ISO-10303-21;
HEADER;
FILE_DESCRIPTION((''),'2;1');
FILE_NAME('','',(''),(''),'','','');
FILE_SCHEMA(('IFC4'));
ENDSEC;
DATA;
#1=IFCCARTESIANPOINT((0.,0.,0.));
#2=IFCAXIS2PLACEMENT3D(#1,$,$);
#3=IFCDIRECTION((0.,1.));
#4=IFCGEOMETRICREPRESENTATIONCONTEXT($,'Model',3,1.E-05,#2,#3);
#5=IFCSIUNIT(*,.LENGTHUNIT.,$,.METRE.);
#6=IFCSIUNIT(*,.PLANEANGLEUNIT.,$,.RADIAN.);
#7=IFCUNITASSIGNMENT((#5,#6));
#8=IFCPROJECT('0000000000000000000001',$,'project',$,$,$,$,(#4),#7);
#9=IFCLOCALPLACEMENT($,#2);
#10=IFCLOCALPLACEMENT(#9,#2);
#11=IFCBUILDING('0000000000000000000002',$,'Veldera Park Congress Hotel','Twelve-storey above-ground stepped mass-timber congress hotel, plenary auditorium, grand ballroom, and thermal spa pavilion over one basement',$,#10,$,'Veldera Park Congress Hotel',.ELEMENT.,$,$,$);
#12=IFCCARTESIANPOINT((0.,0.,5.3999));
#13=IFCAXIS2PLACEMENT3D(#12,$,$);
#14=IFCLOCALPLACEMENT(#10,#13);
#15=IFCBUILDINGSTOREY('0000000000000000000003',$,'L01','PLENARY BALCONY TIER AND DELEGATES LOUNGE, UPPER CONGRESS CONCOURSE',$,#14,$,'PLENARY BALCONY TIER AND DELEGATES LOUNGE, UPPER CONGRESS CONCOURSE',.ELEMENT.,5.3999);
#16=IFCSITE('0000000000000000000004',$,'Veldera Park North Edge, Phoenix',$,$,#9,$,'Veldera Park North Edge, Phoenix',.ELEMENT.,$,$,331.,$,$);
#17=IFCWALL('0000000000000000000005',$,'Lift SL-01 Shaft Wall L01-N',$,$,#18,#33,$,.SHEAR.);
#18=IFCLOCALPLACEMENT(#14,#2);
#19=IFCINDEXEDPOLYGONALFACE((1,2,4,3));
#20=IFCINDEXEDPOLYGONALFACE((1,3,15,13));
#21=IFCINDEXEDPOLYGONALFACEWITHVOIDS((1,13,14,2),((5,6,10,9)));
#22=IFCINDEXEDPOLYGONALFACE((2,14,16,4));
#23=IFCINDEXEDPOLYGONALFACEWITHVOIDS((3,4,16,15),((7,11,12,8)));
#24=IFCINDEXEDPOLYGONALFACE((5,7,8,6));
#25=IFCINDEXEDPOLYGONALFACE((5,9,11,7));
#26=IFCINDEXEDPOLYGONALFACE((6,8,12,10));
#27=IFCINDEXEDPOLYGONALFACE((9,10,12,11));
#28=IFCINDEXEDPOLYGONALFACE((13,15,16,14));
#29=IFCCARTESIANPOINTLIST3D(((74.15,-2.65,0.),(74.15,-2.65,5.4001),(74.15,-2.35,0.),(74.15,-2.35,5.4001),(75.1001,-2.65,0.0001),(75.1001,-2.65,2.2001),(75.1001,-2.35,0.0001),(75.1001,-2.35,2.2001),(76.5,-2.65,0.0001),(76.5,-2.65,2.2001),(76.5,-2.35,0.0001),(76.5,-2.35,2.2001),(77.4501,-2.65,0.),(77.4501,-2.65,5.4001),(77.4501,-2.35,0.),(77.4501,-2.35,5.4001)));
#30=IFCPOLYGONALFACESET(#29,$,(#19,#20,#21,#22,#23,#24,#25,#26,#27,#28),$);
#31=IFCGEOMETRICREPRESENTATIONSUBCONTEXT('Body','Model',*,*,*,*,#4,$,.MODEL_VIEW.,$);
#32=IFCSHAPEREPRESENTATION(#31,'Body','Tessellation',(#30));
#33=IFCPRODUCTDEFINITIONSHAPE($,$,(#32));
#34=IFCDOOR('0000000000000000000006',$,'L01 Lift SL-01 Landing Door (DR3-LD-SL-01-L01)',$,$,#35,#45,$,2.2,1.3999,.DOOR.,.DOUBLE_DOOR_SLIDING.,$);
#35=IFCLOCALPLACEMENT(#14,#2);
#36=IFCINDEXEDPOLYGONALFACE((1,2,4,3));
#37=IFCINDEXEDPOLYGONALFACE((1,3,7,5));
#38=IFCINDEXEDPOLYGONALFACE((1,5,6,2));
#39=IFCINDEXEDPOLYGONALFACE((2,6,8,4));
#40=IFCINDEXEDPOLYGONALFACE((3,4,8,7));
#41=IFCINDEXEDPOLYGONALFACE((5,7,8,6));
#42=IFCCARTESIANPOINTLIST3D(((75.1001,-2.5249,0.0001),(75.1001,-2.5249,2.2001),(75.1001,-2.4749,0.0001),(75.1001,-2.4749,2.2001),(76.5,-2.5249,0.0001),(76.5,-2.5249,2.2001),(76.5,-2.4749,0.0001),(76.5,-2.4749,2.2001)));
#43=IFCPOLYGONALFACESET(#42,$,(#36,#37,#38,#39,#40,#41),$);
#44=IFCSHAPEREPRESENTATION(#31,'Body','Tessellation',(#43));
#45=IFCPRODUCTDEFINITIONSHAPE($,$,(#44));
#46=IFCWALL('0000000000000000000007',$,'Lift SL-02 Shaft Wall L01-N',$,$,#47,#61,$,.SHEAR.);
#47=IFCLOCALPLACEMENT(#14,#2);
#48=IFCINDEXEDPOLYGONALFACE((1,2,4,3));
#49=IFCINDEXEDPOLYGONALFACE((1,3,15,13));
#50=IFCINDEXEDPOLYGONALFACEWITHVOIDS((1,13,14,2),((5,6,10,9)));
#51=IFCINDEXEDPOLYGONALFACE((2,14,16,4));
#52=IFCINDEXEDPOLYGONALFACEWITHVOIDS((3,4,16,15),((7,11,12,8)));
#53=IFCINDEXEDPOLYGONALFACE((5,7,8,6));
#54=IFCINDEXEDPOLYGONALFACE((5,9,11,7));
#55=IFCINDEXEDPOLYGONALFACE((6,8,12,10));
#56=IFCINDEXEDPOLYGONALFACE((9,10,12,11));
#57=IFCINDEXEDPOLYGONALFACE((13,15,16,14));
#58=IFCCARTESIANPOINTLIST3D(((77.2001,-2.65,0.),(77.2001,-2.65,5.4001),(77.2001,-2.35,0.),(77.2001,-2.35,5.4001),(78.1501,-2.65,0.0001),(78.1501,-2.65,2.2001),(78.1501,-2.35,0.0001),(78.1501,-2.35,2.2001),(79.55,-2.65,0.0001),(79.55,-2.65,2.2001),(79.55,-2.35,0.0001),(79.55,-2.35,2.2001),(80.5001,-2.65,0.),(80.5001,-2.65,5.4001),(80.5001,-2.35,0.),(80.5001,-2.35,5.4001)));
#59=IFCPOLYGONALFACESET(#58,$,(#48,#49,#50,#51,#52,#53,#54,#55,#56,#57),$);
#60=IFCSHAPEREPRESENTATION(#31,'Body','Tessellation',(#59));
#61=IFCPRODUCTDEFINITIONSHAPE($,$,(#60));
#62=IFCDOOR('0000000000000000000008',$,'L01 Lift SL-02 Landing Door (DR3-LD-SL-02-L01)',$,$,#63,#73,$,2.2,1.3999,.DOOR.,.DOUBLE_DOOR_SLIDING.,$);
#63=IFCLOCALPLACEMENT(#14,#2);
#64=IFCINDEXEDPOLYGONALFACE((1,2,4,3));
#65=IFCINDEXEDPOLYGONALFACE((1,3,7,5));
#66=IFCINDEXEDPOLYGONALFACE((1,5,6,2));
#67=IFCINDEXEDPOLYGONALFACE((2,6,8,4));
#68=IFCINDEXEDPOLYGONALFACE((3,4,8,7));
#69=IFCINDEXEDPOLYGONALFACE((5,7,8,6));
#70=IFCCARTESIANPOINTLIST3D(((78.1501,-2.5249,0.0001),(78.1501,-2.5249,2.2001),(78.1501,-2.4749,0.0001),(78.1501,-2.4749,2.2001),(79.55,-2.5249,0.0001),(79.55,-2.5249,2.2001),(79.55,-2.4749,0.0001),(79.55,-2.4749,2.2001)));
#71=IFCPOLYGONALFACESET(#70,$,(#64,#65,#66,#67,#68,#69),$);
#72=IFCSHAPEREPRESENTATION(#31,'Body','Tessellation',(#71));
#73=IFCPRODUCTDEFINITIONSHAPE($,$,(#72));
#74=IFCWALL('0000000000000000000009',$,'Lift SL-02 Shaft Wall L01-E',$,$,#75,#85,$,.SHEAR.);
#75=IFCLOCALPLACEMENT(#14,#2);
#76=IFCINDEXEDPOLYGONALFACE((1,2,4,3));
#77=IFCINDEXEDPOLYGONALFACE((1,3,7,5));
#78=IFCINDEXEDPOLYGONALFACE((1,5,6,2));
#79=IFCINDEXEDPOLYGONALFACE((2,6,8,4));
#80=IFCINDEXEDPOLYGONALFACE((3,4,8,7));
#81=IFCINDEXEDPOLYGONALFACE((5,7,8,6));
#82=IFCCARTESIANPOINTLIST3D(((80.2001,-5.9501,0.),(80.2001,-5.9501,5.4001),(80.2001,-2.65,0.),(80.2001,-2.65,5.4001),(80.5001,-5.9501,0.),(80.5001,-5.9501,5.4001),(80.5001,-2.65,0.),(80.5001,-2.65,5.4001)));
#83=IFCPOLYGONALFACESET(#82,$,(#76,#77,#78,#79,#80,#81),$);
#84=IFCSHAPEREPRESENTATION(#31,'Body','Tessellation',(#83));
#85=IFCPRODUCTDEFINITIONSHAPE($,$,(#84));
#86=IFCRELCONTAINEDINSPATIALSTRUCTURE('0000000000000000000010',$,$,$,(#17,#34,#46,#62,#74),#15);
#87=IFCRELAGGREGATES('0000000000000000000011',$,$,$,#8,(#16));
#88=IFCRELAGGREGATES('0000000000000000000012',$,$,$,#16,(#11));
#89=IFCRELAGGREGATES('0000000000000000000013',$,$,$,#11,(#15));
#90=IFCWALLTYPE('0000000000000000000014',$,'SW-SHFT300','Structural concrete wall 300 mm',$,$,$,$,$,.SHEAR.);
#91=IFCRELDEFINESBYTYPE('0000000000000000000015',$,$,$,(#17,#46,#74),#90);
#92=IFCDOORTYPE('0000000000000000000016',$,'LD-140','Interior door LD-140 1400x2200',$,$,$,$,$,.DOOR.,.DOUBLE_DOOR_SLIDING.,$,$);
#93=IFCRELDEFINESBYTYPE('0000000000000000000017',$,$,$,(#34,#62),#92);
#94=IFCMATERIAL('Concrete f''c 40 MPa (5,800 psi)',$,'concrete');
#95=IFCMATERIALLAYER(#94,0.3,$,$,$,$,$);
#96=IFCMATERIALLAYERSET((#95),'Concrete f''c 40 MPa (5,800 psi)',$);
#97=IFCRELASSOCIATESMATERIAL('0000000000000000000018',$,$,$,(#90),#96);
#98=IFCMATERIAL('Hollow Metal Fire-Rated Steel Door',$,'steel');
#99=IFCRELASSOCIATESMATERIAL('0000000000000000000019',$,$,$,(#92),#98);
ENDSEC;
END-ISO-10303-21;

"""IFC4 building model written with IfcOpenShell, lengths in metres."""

from ifc_helpers import new_model, si_unit, direction, frame, frame_2d, origin, place, context, subcontext, project, spatial, rectangle, extrude, material, layer, layer_set, type_object, element, fill, save


model = new_model("IFC4")

# Units and contexts
model_context = context("Model", 3, precision=1e-05, world=origin(), true_north=direction((0.0, 1.0)))
body_context = subcontext(model_context, "Body", "Model", "MODEL_VIEW")
ifc_project = project(units=[si_unit("LENGTHUNIT", "METRE"), si_unit("PLANEANGLEUNIT", "RADIAN")], contexts=[model_context])

# Site, building, storey
site_placement = place(None, origin())
site = spatial("IfcSite", under=ifc_project, at=site_placement, Name="Veldera Park North Edge, Phoenix", LongName="Veldera Park North Edge, Phoenix", CompositionType="ELEMENT", RefElevation=331.0)
building_placement = place(site_placement, origin())
building = spatial("IfcBuilding", under=site, at=building_placement, Name="Veldera Park Congress Hotel", Description="Twelve-storey above-ground stepped mass-timber congress hotel, plenary auditorium, grand ballroom, and thermal spa pavilion over one basement", LongName="Veldera Park Congress Hotel", CompositionType="ELEMENT")
storey_placement = place(building_placement, frame((0.0, 0.0, 5.3999)))
storey = spatial("IfcBuildingStorey", under=building, at=storey_placement, Name="L01", Description="PLENARY BALCONY TIER AND DELEGATES LOUNGE, UPPER CONGRESS CONCOURSE", LongName="PLENARY BALCONY TIER AND DELEGATES LOUNGE, UPPER CONGRESS CONCOURSE", CompositionType="ELEMENT", Elevation=5.3999)

# Shared definitions
ifc_material_1 = material(Name="Concrete f'c 40 MPa (5,800 psi)", Category="concrete")

# Walls, openings, doors
ifc_layer_1 = layer(ifc_material_1, 0.3)
ifc_layer_set_1 = layer_set([ifc_layer_1], Name="Concrete f'c 40 MPa (5,800 psi)")
wall_type_1 = type_object("IfcWallType", Name="SW-SHFT300", Description="Structural concrete wall 300 mm", PredefinedType="SHEAR", material=ifc_layer_set_1)
wall_1_placement = place(storey_placement, frame((77.45, -2.5, 0.0), z_axis=(0.0, 0.0, 1.0), x_axis=(-1.0, 0.0, 0.0)))
wall_1 = element("IfcWall", 1, at=wall_1_placement, inside=storey, type_object=wall_type_1, Name="Lift SL-01 Shaft Wall L01-N", PredefinedType="SHEAR", context=body_context, shape_type="SweptSolid", body=[
    extrude(rectangle(XDim=3.3, YDim=0.3, at=frame_2d((1.6499, 0.0))), origin(), (0.0, 0.0, 1.0), 5.4001),
])
opening_1_placement = place(wall_1_placement, frame((0.95, 0.0, 0.0)))
opening_1 = element("IfcOpeningElement", 2, at=opening_1_placement, cuts=wall_1, PredefinedType="OPENING", context=body_context, shape_type="SweptSolid", body=[
    extrude(rectangle(XDim=1.3999, YDim=2.2, at=frame_2d((0.7, 1.1001))), frame((0.0, 0.1621, 0.0), z_axis=(0.0, -1.0, 0.0), x_axis=(1.0, 0.0, 0.0)), (0.0, 0.0, 1.0), 0.324),
])
ifc_material_2 = material(Name="Hollow Metal Fire-Rated Steel Door", Category="steel")
door_type = type_object("IfcDoorType", Name="LD-140", Description="Interior door LD-140 1400x2200", OperationType="DOUBLE_DOOR_SLIDING", PredefinedType="DOOR", material=ifc_material_2)
door_1_placement = place(opening_1_placement, origin())
door_1 = element("IfcDoor", 3, at=door_1_placement, inside=storey, type_object=door_type, Name="L01 Lift SL-01 Landing Door (DR3-LD-SL-01-L01)", OperationType="DOUBLE_DOOR_SLIDING", OverallHeight=2.2, OverallWidth=1.3999, PredefinedType="DOOR", context=body_context, shape_type="SweptSolid", body=[
    extrude(rectangle(XDim=1.3999, YDim=2.2, at=frame_2d((0.7, 1.1001))), frame((0.0, 0.0249, 0.0), z_axis=(0.0, -1.0, 0.0), x_axis=(1.0, 0.0, 0.0)), (0.0, 0.0, 1.0), 0.05),
])
fill(opening_1, door_1)
wall_2_placement = place(storey_placement, frame((80.5, -2.5, 0.0), z_axis=(0.0, 0.0, 1.0), x_axis=(-1.0, 0.0, 0.0)))
wall_2 = element("IfcWall", 4, at=wall_2_placement, inside=storey, type_object=wall_type_1, Name="Lift SL-02 Shaft Wall L01-N", PredefinedType="SHEAR", context=body_context, shape_type="SweptSolid", body=[
    extrude(rectangle(XDim=3.3, YDim=0.3, at=frame_2d((1.6499, 0.0))), origin(), (0.0, 0.0, 1.0), 5.4001),
])
opening_2_placement = place(wall_2_placement, frame((0.95, 0.0, 0.0)))
opening_2 = element("IfcOpeningElement", 5, at=opening_2_placement, cuts=wall_2, PredefinedType="OPENING", context=body_context, shape_type="SweptSolid", body=[
    extrude(rectangle(XDim=1.3999, YDim=2.2, at=frame_2d((0.7, 1.1001))), frame((0.0, 0.1621, 0.0), z_axis=(0.0, -1.0, 0.0), x_axis=(1.0, 0.0, 0.0)), (0.0, 0.0, 1.0), 0.324),
])
door_2_placement = place(opening_2_placement, origin())
door_2 = element("IfcDoor", 6, at=door_2_placement, inside=storey, type_object=door_type, Name="L01 Lift SL-02 Landing Door (DR3-LD-SL-02-L01)", OperationType="DOUBLE_DOOR_SLIDING", OverallHeight=2.2, OverallWidth=1.3999, PredefinedType="DOOR", context=body_context, shape_type="SweptSolid", body=[
    extrude(rectangle(XDim=1.3999, YDim=2.2, at=frame_2d((0.7, 1.1001))), frame((0.0, 0.0249, 0.0), z_axis=(0.0, -1.0, 0.0), x_axis=(1.0, 0.0, 0.0)), (0.0, 0.0, 1.0), 0.05),
])
fill(opening_2, door_2)

# Wall
wall_3_placement = place(storey_placement, frame((80.3501, -5.95, 0.0), z_axis=(0.0, 0.0, 1.0), x_axis=(0.0, 1.0, 0.0)))
element("IfcWall", 7, at=wall_3_placement, inside=storey, type_object=wall_type_1, Name="Lift SL-02 Shaft Wall L01-E", PredefinedType="SHEAR", context=body_context, shape_type="SweptSolid", body=[
    extrude(rectangle(XDim=3.3, YDim=0.3, at=frame_2d((1.6499, 0.0))), origin(), (0.0, 0.0, 1.0), 5.4001),
])

save(model, "model.ifc")
